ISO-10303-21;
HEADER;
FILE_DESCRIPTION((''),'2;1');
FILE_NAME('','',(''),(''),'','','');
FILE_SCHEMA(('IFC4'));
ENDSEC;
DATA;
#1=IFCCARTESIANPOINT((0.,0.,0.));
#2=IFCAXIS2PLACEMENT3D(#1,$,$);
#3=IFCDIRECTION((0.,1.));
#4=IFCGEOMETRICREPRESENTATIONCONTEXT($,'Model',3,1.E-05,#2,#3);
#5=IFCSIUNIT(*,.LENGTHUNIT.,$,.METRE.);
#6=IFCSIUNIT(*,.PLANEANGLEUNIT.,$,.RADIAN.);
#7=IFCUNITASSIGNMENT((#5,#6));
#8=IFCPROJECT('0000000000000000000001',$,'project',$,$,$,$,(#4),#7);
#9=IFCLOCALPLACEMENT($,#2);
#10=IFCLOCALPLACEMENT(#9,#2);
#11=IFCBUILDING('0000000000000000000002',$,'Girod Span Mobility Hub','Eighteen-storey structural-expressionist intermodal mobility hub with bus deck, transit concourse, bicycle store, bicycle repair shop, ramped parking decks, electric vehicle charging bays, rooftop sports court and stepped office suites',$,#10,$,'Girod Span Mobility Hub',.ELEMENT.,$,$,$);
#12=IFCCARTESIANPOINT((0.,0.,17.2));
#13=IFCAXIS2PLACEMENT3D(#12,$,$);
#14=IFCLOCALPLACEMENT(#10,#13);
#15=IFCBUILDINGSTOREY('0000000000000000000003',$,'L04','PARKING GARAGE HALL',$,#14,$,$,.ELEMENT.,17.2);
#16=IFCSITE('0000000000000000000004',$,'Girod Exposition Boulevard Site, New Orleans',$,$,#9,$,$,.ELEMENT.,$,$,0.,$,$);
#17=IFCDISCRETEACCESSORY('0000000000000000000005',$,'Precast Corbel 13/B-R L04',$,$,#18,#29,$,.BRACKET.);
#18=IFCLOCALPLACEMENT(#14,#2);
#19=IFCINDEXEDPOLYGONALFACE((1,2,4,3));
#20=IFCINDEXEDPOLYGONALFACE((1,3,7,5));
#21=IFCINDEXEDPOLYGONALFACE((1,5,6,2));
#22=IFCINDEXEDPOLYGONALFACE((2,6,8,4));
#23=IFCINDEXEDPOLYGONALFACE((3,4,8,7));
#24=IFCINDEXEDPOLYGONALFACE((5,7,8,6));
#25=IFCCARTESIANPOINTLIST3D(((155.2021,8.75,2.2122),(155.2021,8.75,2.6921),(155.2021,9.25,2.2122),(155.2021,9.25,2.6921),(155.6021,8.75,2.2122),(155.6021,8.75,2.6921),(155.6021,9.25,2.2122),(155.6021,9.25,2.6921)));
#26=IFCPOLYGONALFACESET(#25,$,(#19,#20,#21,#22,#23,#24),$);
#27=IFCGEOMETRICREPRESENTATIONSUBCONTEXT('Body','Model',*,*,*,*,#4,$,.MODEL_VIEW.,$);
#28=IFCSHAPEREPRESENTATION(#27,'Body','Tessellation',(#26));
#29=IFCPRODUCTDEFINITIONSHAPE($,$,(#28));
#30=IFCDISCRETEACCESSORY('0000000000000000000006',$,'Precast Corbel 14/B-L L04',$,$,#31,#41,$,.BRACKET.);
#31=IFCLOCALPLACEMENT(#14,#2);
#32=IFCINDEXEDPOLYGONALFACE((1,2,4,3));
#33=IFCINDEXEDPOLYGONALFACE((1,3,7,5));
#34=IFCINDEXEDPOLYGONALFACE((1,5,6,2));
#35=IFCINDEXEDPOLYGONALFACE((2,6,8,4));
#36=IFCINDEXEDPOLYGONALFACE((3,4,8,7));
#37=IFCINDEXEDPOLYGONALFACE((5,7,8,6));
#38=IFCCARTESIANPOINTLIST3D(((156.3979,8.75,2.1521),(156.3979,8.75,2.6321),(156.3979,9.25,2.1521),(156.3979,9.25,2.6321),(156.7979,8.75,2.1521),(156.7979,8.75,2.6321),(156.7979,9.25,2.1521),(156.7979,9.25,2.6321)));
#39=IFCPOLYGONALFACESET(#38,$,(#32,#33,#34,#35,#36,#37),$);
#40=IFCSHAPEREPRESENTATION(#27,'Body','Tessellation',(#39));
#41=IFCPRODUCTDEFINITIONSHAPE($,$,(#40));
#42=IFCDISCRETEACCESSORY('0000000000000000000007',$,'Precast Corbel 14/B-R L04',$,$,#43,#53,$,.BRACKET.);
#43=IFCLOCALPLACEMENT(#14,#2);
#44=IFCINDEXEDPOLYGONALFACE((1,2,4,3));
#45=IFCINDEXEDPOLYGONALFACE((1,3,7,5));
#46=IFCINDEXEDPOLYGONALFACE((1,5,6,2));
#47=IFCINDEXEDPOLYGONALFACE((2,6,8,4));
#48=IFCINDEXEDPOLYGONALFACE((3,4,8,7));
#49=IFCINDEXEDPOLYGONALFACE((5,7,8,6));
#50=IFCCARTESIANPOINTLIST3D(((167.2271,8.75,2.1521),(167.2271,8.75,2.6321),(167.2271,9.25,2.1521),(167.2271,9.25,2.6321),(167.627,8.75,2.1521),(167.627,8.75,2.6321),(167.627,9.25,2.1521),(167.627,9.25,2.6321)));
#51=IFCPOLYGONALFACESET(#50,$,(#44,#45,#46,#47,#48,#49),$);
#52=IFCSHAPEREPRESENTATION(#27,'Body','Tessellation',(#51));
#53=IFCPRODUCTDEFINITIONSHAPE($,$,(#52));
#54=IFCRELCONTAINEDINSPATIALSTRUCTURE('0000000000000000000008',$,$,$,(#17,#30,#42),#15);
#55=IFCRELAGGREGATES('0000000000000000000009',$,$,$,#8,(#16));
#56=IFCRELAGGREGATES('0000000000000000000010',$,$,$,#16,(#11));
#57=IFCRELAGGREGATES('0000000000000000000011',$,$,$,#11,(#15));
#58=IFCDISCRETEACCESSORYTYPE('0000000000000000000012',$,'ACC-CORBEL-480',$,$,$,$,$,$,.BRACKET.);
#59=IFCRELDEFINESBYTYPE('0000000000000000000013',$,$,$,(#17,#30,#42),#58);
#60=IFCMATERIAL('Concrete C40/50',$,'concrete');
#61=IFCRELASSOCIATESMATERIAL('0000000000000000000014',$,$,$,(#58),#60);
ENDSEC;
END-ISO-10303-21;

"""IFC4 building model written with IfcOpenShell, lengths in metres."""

from ifc_helpers import new_model, si_unit, direction, frame, origin, origin_2d, place, context, subcontext, project, spatial, rectangle, extrude, material, type_object, element, save


model = new_model("IFC4")

# Units and contexts
model_context = context("Model", 3, precision=1e-05, world=origin(), true_north=direction((0.0, 1.0)))
body_context = subcontext(model_context, "Body", "Model", "MODEL_VIEW")
ifc_project = project(units=[si_unit("LENGTHUNIT", "METRE"), si_unit("PLANEANGLEUNIT", "RADIAN")], contexts=[model_context])

# Site, building, storey
site_placement = place(None, origin())
site = spatial("IfcSite", under=ifc_project, at=site_placement, Name="Girod Exposition Boulevard Site, New Orleans", CompositionType="ELEMENT", RefElevation=0.0)
building_placement = place(site_placement, origin())
building = spatial("IfcBuilding", under=site, at=building_placement, Name="Girod Span Mobility Hub", Description="Eighteen-storey structural-expressionist intermodal mobility hub with bus deck, transit concourse, bicycle store, bicycle repair shop, ramped parking decks, electric vehicle charging bays, rooftop sports court and stepped office suites", LongName="Girod Span Mobility Hub", CompositionType="ELEMENT")
storey_placement = place(building_placement, frame((0.0, 0.0, 17.2)))
storey = spatial("IfcBuildingStorey", under=building, at=storey_placement, Name="L04", Description="PARKING GARAGE HALL", CompositionType="ELEMENT", Elevation=17.2)

# Discrete accessories
ifc_material_1 = material(Name="Concrete C40/50", Category="concrete")
discrete_accessory_type = type_object("IfcDiscreteAccessoryType", Name="ACC-CORBEL-480", PredefinedType="BRACKET", material=ifc_material_1)
for number, where, z_axis, x_axis, name in (
    (1, (155.4021, 9.0, 2.2122), (0.0, 0.0, 1.0), (1.0, 0.0, 0.0), "Precast Corbel 13/B-R L04"),
    (2, (156.5979, 9.0, 2.1521), (0.0, 0.0, 1.0), (1.0, 0.0, 0.0), "Precast Corbel 14/B-L L04"),
    (3, (167.427, 9.0, 2.1521), (0.0, 0.0, 1.0), (1.0, 0.0, 0.0), "Precast Corbel 14/B-R L04"),
):
    element("IfcDiscreteAccessory", number, at=place(storey_placement, frame(where, z_axis=z_axis, x_axis=x_axis)), inside=storey, type_object=discrete_accessory_type, Name=name, PredefinedType="BRACKET", context=body_context, shape_type="SweptSolid", body=[
        extrude(rectangle(XDim=0.3999, YDim=0.5, at=origin_2d()), origin(), (0.0, 0.0, 1.0), 0.48),
    ])

save(model, "model.ifc")
